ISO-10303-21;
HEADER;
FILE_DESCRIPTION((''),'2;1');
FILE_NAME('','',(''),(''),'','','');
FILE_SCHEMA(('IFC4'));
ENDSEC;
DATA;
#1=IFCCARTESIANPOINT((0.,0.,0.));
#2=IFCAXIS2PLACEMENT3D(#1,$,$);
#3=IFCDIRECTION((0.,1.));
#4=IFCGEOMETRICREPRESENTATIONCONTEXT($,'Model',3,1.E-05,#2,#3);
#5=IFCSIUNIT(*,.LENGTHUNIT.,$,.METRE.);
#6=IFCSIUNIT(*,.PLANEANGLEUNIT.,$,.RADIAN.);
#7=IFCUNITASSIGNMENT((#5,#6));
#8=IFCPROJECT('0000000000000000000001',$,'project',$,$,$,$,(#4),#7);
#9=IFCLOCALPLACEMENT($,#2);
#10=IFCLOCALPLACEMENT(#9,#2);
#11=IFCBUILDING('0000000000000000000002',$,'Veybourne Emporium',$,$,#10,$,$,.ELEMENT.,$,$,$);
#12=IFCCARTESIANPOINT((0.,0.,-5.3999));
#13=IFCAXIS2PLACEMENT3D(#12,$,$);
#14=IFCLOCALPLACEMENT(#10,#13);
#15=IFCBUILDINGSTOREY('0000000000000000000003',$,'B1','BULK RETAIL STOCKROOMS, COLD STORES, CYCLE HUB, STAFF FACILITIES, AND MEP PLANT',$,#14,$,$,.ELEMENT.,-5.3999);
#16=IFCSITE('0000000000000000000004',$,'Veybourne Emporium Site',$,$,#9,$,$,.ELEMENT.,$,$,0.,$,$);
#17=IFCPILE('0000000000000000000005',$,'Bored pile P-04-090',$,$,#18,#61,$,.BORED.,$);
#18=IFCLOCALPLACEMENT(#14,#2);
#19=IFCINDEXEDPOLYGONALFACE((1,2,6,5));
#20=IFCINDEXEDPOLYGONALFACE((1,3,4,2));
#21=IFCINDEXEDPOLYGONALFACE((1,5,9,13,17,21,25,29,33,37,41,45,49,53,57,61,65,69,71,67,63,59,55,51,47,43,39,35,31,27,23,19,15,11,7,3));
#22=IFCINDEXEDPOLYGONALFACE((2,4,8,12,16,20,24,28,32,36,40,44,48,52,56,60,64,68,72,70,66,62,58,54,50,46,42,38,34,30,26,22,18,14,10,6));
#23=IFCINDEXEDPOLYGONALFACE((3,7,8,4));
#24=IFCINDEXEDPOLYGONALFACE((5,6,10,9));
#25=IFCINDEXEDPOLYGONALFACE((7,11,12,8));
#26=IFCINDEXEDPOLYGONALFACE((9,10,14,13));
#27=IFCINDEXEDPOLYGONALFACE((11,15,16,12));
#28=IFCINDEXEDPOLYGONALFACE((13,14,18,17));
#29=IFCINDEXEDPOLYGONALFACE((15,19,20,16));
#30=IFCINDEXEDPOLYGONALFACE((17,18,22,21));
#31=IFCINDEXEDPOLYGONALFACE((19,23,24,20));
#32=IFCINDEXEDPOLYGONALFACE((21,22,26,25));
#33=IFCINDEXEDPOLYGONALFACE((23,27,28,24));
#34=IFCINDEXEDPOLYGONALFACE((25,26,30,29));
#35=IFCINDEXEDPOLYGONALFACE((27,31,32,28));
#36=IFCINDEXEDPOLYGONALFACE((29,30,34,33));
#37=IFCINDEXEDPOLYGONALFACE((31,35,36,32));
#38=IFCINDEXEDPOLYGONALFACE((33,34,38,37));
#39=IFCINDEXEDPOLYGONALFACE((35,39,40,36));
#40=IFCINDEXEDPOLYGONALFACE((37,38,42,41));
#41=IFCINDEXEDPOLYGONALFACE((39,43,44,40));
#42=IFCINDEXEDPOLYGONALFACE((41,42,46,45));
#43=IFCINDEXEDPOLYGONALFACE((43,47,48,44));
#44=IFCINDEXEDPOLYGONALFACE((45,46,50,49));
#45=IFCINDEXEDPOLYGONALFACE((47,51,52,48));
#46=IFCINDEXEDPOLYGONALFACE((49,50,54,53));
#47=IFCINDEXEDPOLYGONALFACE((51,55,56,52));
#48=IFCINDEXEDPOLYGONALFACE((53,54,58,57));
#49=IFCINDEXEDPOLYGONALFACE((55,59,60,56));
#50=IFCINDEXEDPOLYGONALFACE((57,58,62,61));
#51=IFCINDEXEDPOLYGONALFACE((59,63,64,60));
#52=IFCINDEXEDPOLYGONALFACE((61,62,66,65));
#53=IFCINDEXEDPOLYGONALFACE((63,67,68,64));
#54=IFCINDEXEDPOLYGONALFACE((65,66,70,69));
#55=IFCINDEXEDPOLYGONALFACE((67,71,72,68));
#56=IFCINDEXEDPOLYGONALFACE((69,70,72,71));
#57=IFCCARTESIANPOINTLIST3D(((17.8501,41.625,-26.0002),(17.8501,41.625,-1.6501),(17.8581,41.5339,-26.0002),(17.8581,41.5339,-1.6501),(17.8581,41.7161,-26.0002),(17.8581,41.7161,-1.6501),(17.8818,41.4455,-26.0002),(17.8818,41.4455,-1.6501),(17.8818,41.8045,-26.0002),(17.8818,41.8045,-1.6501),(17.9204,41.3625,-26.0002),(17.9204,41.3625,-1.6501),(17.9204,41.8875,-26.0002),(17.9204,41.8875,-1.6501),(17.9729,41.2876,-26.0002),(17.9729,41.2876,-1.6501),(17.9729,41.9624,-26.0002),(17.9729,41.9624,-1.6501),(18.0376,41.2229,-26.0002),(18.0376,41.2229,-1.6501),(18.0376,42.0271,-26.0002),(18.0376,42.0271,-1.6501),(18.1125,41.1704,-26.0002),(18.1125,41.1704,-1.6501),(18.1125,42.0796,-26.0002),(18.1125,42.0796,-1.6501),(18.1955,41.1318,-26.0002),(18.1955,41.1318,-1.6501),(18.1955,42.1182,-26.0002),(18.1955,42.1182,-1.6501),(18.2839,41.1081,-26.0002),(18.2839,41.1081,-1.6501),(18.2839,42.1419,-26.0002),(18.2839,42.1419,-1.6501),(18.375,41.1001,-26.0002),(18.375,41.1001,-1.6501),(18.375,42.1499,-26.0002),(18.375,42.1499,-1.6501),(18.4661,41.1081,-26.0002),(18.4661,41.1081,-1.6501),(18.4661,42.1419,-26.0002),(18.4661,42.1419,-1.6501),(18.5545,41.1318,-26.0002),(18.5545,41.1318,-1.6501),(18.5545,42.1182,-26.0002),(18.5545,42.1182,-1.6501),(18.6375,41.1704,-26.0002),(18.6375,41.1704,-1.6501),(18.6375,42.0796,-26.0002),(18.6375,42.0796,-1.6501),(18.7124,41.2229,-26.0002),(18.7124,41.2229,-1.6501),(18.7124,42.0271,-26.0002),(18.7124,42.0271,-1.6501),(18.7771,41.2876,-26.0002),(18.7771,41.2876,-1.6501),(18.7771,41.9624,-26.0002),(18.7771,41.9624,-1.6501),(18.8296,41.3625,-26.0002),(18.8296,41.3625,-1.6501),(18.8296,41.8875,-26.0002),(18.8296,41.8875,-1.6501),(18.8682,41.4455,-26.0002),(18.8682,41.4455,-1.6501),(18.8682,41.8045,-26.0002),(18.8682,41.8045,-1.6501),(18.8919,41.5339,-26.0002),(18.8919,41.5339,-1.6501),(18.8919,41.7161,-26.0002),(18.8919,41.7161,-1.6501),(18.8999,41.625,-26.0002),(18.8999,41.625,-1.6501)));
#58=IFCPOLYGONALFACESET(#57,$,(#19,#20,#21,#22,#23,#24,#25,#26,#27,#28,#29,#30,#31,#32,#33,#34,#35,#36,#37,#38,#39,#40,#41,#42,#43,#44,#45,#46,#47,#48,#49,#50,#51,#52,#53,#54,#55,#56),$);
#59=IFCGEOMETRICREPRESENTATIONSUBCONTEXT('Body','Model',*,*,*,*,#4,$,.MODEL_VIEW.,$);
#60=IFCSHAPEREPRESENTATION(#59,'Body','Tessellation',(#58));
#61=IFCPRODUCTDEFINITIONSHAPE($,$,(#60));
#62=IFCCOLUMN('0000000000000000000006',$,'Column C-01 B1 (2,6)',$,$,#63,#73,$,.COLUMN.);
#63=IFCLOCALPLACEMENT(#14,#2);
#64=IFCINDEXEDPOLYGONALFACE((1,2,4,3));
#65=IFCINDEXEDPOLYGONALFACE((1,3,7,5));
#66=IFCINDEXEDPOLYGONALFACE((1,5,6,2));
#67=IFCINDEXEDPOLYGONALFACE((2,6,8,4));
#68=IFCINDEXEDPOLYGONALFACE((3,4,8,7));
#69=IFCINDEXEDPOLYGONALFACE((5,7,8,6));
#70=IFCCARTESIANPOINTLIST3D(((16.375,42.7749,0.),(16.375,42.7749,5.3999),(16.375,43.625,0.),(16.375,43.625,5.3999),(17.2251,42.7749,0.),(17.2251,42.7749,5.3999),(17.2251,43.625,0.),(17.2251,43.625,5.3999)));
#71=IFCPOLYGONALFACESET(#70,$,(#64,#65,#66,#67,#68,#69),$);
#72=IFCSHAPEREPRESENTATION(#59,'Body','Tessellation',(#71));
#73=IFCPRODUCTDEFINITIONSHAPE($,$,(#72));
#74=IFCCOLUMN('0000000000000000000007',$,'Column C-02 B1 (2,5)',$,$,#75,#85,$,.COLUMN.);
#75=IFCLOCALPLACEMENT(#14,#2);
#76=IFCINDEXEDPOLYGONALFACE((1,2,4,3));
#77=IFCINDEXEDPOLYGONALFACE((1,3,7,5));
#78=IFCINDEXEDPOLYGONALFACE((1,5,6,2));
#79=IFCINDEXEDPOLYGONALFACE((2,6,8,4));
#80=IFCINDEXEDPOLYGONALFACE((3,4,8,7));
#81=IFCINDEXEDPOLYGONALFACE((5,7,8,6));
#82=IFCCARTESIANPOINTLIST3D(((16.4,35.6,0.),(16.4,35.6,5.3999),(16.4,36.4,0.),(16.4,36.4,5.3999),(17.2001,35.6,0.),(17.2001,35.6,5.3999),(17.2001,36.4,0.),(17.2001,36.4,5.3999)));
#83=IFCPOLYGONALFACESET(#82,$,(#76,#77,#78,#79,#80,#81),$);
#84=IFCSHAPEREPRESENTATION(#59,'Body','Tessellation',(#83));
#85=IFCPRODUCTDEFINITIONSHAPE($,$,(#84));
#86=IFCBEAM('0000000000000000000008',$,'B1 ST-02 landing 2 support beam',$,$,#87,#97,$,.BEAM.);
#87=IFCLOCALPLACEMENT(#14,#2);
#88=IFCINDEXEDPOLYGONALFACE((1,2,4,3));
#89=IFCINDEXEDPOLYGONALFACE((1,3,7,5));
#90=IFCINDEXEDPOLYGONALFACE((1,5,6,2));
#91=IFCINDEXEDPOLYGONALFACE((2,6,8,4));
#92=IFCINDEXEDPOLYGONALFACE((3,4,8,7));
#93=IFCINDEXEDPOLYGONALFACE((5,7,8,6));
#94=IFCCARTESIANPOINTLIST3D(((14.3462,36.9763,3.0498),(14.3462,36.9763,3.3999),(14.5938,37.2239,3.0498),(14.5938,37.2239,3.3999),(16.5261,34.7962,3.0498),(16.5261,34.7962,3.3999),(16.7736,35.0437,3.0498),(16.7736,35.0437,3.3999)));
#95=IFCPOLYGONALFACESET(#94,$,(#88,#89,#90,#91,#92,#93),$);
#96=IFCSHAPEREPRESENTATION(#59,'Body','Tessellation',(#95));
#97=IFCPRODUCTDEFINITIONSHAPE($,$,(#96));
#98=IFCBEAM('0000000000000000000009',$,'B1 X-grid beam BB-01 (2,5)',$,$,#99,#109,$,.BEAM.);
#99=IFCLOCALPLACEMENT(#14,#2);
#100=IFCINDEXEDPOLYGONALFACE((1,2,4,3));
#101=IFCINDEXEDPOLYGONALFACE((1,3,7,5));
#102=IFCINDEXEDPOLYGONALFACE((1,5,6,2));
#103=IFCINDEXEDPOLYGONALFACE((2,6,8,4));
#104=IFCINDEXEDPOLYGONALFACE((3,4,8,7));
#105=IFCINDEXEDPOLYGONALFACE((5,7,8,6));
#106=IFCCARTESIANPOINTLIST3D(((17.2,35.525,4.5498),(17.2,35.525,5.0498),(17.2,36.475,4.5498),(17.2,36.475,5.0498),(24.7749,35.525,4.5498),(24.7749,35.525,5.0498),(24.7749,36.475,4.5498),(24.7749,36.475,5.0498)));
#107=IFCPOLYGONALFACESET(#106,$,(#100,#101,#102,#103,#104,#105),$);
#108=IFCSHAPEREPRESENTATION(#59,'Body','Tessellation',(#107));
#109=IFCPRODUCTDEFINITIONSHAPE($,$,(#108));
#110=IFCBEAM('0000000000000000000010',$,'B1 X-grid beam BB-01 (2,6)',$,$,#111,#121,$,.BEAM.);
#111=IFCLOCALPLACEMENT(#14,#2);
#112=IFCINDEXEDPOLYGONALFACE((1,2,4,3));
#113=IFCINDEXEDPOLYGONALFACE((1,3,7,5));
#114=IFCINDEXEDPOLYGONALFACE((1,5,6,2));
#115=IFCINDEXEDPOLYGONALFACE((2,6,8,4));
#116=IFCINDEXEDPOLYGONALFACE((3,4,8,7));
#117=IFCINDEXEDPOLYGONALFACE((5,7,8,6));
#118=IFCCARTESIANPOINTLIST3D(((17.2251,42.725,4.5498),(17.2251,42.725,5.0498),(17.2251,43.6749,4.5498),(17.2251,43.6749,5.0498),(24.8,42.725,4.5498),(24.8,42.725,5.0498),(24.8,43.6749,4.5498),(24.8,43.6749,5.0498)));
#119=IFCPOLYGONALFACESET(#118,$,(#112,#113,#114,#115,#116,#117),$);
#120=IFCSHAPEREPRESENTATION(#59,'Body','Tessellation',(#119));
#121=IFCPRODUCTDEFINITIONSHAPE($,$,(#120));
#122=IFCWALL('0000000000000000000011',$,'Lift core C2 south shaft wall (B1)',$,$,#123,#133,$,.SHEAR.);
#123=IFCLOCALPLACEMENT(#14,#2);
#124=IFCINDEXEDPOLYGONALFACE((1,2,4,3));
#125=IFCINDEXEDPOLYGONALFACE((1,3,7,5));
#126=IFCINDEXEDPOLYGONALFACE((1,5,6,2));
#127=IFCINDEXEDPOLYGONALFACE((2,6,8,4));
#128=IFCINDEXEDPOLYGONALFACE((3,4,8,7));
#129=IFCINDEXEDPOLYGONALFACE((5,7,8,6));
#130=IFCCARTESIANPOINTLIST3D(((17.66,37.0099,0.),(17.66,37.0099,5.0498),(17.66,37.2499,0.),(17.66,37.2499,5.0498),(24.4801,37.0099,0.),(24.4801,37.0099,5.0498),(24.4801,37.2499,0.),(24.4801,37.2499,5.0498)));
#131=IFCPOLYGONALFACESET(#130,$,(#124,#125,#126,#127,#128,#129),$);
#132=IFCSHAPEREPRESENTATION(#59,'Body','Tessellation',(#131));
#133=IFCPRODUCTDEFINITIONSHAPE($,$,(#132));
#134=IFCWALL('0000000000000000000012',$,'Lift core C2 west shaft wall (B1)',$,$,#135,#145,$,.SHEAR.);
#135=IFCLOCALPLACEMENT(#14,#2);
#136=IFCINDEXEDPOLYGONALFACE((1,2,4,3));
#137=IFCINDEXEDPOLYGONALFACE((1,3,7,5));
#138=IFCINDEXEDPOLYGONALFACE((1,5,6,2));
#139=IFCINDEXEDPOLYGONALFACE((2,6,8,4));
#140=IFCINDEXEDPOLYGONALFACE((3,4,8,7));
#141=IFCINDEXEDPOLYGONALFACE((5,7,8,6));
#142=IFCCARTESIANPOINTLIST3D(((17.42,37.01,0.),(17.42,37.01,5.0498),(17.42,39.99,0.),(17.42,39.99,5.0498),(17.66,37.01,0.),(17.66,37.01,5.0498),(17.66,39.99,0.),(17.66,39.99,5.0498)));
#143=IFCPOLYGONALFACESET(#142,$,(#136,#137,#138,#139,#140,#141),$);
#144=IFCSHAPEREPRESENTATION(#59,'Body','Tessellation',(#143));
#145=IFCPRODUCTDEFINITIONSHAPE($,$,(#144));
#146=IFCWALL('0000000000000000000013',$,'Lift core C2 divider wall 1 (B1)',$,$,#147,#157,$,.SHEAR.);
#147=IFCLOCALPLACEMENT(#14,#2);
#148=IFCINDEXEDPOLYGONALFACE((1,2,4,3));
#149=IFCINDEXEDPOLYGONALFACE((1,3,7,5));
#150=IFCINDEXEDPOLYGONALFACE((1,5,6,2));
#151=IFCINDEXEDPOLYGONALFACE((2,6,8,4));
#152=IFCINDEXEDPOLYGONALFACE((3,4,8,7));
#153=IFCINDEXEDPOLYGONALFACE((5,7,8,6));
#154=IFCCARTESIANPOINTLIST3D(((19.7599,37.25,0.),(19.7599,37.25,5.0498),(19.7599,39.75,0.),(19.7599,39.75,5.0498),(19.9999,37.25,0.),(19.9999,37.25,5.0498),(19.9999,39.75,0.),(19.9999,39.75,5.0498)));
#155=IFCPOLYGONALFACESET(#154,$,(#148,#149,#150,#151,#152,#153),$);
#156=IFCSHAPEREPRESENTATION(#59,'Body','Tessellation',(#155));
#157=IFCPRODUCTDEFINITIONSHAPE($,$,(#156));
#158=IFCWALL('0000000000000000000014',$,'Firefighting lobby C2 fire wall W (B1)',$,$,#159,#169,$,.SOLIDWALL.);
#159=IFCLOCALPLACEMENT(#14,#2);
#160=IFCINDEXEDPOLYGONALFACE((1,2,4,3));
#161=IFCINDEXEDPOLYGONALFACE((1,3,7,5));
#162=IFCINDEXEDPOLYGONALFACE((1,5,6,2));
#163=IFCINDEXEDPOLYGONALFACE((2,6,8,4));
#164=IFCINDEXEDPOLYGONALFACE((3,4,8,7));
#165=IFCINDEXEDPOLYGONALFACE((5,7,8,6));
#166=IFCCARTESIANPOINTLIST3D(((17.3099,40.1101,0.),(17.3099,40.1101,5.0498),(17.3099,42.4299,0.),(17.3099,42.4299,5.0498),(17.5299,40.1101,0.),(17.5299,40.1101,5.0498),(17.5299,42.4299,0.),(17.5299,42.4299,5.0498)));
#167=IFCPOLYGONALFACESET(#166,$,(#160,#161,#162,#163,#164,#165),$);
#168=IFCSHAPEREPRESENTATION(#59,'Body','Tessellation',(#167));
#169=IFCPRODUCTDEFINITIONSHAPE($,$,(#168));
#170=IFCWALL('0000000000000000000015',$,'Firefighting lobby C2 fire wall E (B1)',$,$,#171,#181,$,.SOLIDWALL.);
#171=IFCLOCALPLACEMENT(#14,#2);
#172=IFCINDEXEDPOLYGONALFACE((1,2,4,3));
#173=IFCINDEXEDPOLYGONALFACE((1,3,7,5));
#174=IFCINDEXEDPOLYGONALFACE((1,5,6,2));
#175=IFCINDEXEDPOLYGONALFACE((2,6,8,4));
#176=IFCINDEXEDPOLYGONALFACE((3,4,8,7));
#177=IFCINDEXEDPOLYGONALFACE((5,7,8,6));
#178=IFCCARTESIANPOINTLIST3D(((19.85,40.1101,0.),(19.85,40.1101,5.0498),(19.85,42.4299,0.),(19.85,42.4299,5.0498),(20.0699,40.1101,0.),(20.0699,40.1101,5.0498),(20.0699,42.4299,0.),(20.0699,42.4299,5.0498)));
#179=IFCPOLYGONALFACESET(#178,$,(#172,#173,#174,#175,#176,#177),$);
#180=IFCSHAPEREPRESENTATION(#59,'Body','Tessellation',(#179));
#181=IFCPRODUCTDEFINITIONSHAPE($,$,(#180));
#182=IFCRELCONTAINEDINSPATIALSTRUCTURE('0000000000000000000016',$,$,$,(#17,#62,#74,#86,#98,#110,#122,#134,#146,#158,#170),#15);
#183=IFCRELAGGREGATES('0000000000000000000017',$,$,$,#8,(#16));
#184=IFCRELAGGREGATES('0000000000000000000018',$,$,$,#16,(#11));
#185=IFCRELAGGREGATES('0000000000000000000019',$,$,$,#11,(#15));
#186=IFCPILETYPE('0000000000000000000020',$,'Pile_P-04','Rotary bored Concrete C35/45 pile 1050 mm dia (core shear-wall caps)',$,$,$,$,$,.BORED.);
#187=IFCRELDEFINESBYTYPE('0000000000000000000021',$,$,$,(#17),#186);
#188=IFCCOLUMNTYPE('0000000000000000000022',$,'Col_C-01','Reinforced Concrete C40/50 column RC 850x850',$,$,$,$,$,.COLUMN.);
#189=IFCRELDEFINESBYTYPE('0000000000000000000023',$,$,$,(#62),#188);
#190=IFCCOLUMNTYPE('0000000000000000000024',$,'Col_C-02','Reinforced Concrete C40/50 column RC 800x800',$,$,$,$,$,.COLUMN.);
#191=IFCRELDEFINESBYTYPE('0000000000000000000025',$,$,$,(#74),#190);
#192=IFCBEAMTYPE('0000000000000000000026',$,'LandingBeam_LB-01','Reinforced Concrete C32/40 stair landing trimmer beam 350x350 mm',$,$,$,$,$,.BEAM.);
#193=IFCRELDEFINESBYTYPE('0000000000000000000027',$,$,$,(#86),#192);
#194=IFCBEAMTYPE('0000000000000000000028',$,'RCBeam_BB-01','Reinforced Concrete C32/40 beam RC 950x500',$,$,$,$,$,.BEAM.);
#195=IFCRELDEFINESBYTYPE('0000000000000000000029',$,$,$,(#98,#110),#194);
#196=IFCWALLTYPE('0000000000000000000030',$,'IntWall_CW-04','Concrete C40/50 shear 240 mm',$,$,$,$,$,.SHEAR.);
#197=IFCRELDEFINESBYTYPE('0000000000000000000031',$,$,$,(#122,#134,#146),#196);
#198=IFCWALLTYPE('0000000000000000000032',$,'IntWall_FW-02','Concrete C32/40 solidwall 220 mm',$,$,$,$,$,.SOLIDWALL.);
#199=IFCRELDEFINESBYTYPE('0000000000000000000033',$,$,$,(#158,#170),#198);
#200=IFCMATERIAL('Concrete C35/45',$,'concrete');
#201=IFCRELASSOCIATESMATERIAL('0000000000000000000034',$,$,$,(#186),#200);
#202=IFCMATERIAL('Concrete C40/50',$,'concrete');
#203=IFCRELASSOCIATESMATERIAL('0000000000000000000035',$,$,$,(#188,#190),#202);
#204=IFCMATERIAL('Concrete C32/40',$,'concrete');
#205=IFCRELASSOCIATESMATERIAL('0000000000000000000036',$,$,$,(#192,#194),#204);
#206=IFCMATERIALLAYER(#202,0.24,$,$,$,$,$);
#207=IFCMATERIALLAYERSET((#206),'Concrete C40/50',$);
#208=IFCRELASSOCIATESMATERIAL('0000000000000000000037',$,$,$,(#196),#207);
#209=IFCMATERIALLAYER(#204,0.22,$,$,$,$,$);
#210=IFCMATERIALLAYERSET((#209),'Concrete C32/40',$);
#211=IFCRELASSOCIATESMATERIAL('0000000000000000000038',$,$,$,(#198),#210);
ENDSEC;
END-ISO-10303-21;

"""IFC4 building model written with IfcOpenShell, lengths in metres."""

from ifc_helpers import new_model, si_unit, direction, frame, frame_2d, origin, origin_2d, place, context, subcontext, project, spatial, rectangle, circle, extrude, material, layer, layer_set, material_profile, profile_set, type_object, element, save


model = new_model("IFC4")

# Units and contexts
model_context = context("Model", 3, precision=1e-05, world=origin(), true_north=direction((0.0, 1.0)))
body_context = subcontext(model_context, "Body", "Model", "MODEL_VIEW")
ifc_project = project(units=[si_unit("LENGTHUNIT", "METRE"), si_unit("PLANEANGLEUNIT", "RADIAN")], contexts=[model_context])

# Site, building, storey
site_placement = place(None, origin())
site = spatial("IfcSite", under=ifc_project, at=site_placement, Name="Veybourne Emporium Site", CompositionType="ELEMENT", RefElevation=0.0)
building_placement = place(site_placement, origin())
building = spatial("IfcBuilding", under=site, at=building_placement, Name="Veybourne Emporium", CompositionType="ELEMENT")
storey_placement = place(building_placement, frame((0.0, 0.0, -5.3999)))
storey = spatial("IfcBuildingStorey", under=building, at=storey_placement, Name="B1", Description="BULK RETAIL STOCKROOMS, COLD STORES, CYCLE HUB, STAFF FACILITIES, AND MEP PLANT", CompositionType="ELEMENT", Elevation=-5.3999)

# Shared definitions
ifc_material_1 = material(Name="Concrete C35/45", Category="concrete")

# Pile
ifc_material_profile_1 = material_profile(ifc_material_1, circle(Radius=0.5249, at=origin_2d()), Name="BORED PILE 1050")
ifc_profile_set_1 = profile_set([ifc_material_profile_1], Name="Concrete C35/45")
pile_type = type_object("IfcPileType", Name="Pile_P-04", Description="Rotary bored Concrete C35/45 pile 1050 mm dia (core shear-wall caps)", PredefinedType="BORED", material=ifc_profile_set_1)
for number, where, z_axis, x_axis, name in (
    (1, (18.375, 41.625, -1.6501), (0.0, 0.0, -1.0), (1.0, 0.0, 0.0), "Bored pile P-04-090"),
):
    element("IfcPile", number, at=place(storey_placement, frame(where, z_axis=z_axis, x_axis=x_axis)), inside=storey, type_object=pile_type, Name=name, PredefinedType="BORED", context=body_context, shape_type="SweptSolid", body=[
        extrude(circle(Radius=0.5249, at=origin_2d()), origin(), (0.0, 0.0, 1.0), 24.3501),
    ])

# Columns
ifc_material_2 = material(Name="Concrete C40/50", Category="concrete")
ifc_material_profile_2 = material_profile(ifc_material_2, rectangle(XDim=0.8501, YDim=0.8501, at=origin_2d()), Name="RC 850x850")
ifc_profile_set_2 = profile_set([ifc_material_profile_2], Name="Concrete C40/50")
column_type_1 = type_object("IfcColumnType", Name="Col_C-01", Description="Reinforced Concrete C40/50 column RC 850x850", PredefinedType="COLUMN", material=ifc_profile_set_2)
column_1_placement = place(storey_placement, frame((16.8, 43.2, 0.0), z_axis=(0.0, 0.0, 1.0), x_axis=(1.0, 0.0, 0.0)))
element("IfcColumn", 2, at=column_1_placement, inside=storey, type_object=column_type_1, Name="Column C-01 B1 (2,6)", PredefinedType="COLUMN", context=body_context, shape_type="SweptSolid", body=[
    extrude(rectangle(XDim=0.8501, YDim=0.8501, at=origin_2d()), origin(), (0.0, 0.0, 1.0), 5.3999),
])
ifc_material_profile_3 = material_profile(ifc_material_2, rectangle(XDim=0.8, YDim=0.8, at=origin_2d()), Name="RC 800x800")
ifc_profile_set_3 = profile_set([ifc_material_profile_3], Name="Concrete C40/50")
column_type_2 = type_object("IfcColumnType", Name="Col_C-02", Description="Reinforced Concrete C40/50 column RC 800x800", PredefinedType="COLUMN", material=ifc_profile_set_3)
column_2_placement = place(storey_placement, frame((16.8, 36.0, 0.0), z_axis=(0.0, 0.0, 1.0), x_axis=(1.0, 0.0, 0.0)))
element("IfcColumn", 3, at=column_2_placement, inside=storey, type_object=column_type_2, Name="Column C-02 B1 (2,5)", PredefinedType="COLUMN", context=body_context, shape_type="SweptSolid", body=[
    extrude(rectangle(XDim=0.8, YDim=0.8, at=origin_2d()), origin(), (0.0, 0.0, 1.0), 5.3999),
])

# Beams
ifc_material_3 = material(Name="Concrete C32/40", Category="concrete")
ifc_material_profile_4 = material_profile(ifc_material_3, rectangle(XDim=0.3501, YDim=0.3501, at=origin_2d()), Name="RC 350x350")
ifc_profile_set_4 = profile_set([ifc_material_profile_4], Name="Concrete C32/40")
beam_type_1 = type_object("IfcBeamType", Name="LandingBeam_LB-01", Description="Reinforced Concrete C32/40 stair landing trimmer beam 350x350 mm", PredefinedType="BEAM", material=ifc_profile_set_4)
beam_placement = place(storey_placement, frame((14.47, 37.1001, 3.2249), z_axis=(0.707067, -0.707146, 0.0), x_axis=(0.707146, 0.707067, 0.0)))
element("IfcBeam", 4, at=beam_placement, inside=storey, type_object=beam_type_1, Name="B1 ST-02 landing 2 support beam", PredefinedType="BEAM", context=body_context, shape_type="SweptSolid", body=[
    extrude(rectangle(XDim=0.3501, YDim=0.3501, at=origin_2d()), origin(), (0.0, 0.0, 1.0), 3.083),
])
ifc_material_profile_5 = material_profile(ifc_material_3, rectangle(XDim=0.95, YDim=0.5, at=origin_2d()), Name="RC 950x500")
ifc_profile_set_5 = profile_set([ifc_material_profile_5], Name="Concrete C32/40")
beam_type_2 = type_object("IfcBeamType", Name="RCBeam_BB-01", Description="Reinforced Concrete C32/40 beam RC 950x500", PredefinedType="BEAM", material=ifc_profile_set_5)
for number, where, z_axis, x_axis, name in (
    (5, (17.2, 36.0, 4.7998), (1.0, 0.0, 0.0), (0.0, 1.0, 0.0), "B1 X-grid beam BB-01 (2,5)"),
    (6, (17.2251, 43.2, 4.7998), (1.0, 0.0, 0.0), (0.0, 1.0, 0.0), "B1 X-grid beam BB-01 (2,6)"),
):
    element("IfcBeam", number, at=place(storey_placement, frame(where, z_axis=z_axis, x_axis=x_axis)), inside=storey, type_object=beam_type_2, Name=name, PredefinedType="BEAM", context=body_context, shape_type="SweptSolid", body=[
        extrude(rectangle(XDim=0.95, YDim=0.5, at=origin_2d()), origin(), (0.0, 0.0, 1.0), 7.575),
    ])

# Walls
ifc_layer_1 = layer(ifc_material_2, 0.24)
ifc_layer_set_1 = layer_set([ifc_layer_1], Name="Concrete C40/50")
wall_type_1 = type_object("IfcWallType", Name="IntWall_CW-04", Description="Concrete C40/50 shear 240 mm", PredefinedType="SHEAR", material=ifc_layer_set_1)
wall_1_placement = place(storey_placement, frame((17.6599, 37.1299, 0.0), z_axis=(0.0, 0.0, 1.0), x_axis=(1.0, 0.0, 0.0)))
element("IfcWall", 7, at=wall_1_placement, inside=storey, type_object=wall_type_1, Name="Lift core C2 south shaft wall (B1)", PredefinedType="SHEAR", context=body_context, shape_type="SweptSolid", body=[
    extrude(rectangle(XDim=6.8201, YDim=0.24, at=frame_2d((3.4102, 0.0))), origin(), (0.0, 0.0, 1.0), 5.0498),
])
wall_2_placement = place(storey_placement, frame((17.54, 39.99, 0.0), z_axis=(0.0, 0.0, 1.0), x_axis=(0.0, -1.0, 0.0)))
element("IfcWall", 8, at=wall_2_placement, inside=storey, type_object=wall_type_1, Name="Lift core C2 west shaft wall (B1)", PredefinedType="SHEAR", context=body_context, shape_type="SweptSolid", body=[
    extrude(rectangle(XDim=2.98, YDim=0.24, at=frame_2d((1.49, 0.0))), origin(), (0.0, 0.0, 1.0), 5.0498),
])
wall_3_placement = place(storey_placement, frame((19.8799, 37.25, 0.0), z_axis=(0.0, 0.0, 1.0), x_axis=(0.0, 1.0, 0.0)))
element("IfcWall", 9, at=wall_3_placement, inside=storey, type_object=wall_type_1, Name="Lift core C2 divider wall 1 (B1)", PredefinedType="SHEAR", context=body_context, shape_type="SweptSolid", body=[
    extrude(rectangle(XDim=2.5, YDim=0.24, at=frame_2d((1.25, 0.0))), origin(), (0.0, 0.0, 1.0), 5.0498),
])

# Shared definitions
ifc_layer_2 = layer(ifc_material_3, 0.22)
ifc_layer_set_2 = layer_set([ifc_layer_2], Name="Concrete C32/40")
wall_type_2 = type_object("IfcWallType", Name="IntWall_FW-02", Description="Concrete C32/40 solidwall 220 mm", PredefinedType="SOLIDWALL", material=ifc_layer_set_2)

# Walls
for number, where, z_axis, x_axis, name in (
    (10, (17.4199, 40.1101, 0.0), (0.0, 0.0, 1.0), (0.0, 1.0, 0.0), "Firefighting lobby C2 fire wall W (B1)"),
    (11, (19.96, 40.1101, 0.0), (0.0, 0.0, 1.0), (0.0, 1.0, 0.0), "Firefighting lobby C2 fire wall E (B1)"),
):
    element("IfcWall", number, at=place(storey_placement, frame(where, z_axis=z_axis, x_axis=x_axis)), inside=storey, type_object=wall_type_2, Name=name, PredefinedType="SOLIDWALL", context=body_context, shape_type="SweptSolid", body=[
        extrude(rectangle(XDim=2.3198, YDim=0.22, at=frame_2d((1.1599, 0.0))), origin(), (0.0, 0.0, 1.0), 5.0498),
    ])

save(model, "model.ifc")
